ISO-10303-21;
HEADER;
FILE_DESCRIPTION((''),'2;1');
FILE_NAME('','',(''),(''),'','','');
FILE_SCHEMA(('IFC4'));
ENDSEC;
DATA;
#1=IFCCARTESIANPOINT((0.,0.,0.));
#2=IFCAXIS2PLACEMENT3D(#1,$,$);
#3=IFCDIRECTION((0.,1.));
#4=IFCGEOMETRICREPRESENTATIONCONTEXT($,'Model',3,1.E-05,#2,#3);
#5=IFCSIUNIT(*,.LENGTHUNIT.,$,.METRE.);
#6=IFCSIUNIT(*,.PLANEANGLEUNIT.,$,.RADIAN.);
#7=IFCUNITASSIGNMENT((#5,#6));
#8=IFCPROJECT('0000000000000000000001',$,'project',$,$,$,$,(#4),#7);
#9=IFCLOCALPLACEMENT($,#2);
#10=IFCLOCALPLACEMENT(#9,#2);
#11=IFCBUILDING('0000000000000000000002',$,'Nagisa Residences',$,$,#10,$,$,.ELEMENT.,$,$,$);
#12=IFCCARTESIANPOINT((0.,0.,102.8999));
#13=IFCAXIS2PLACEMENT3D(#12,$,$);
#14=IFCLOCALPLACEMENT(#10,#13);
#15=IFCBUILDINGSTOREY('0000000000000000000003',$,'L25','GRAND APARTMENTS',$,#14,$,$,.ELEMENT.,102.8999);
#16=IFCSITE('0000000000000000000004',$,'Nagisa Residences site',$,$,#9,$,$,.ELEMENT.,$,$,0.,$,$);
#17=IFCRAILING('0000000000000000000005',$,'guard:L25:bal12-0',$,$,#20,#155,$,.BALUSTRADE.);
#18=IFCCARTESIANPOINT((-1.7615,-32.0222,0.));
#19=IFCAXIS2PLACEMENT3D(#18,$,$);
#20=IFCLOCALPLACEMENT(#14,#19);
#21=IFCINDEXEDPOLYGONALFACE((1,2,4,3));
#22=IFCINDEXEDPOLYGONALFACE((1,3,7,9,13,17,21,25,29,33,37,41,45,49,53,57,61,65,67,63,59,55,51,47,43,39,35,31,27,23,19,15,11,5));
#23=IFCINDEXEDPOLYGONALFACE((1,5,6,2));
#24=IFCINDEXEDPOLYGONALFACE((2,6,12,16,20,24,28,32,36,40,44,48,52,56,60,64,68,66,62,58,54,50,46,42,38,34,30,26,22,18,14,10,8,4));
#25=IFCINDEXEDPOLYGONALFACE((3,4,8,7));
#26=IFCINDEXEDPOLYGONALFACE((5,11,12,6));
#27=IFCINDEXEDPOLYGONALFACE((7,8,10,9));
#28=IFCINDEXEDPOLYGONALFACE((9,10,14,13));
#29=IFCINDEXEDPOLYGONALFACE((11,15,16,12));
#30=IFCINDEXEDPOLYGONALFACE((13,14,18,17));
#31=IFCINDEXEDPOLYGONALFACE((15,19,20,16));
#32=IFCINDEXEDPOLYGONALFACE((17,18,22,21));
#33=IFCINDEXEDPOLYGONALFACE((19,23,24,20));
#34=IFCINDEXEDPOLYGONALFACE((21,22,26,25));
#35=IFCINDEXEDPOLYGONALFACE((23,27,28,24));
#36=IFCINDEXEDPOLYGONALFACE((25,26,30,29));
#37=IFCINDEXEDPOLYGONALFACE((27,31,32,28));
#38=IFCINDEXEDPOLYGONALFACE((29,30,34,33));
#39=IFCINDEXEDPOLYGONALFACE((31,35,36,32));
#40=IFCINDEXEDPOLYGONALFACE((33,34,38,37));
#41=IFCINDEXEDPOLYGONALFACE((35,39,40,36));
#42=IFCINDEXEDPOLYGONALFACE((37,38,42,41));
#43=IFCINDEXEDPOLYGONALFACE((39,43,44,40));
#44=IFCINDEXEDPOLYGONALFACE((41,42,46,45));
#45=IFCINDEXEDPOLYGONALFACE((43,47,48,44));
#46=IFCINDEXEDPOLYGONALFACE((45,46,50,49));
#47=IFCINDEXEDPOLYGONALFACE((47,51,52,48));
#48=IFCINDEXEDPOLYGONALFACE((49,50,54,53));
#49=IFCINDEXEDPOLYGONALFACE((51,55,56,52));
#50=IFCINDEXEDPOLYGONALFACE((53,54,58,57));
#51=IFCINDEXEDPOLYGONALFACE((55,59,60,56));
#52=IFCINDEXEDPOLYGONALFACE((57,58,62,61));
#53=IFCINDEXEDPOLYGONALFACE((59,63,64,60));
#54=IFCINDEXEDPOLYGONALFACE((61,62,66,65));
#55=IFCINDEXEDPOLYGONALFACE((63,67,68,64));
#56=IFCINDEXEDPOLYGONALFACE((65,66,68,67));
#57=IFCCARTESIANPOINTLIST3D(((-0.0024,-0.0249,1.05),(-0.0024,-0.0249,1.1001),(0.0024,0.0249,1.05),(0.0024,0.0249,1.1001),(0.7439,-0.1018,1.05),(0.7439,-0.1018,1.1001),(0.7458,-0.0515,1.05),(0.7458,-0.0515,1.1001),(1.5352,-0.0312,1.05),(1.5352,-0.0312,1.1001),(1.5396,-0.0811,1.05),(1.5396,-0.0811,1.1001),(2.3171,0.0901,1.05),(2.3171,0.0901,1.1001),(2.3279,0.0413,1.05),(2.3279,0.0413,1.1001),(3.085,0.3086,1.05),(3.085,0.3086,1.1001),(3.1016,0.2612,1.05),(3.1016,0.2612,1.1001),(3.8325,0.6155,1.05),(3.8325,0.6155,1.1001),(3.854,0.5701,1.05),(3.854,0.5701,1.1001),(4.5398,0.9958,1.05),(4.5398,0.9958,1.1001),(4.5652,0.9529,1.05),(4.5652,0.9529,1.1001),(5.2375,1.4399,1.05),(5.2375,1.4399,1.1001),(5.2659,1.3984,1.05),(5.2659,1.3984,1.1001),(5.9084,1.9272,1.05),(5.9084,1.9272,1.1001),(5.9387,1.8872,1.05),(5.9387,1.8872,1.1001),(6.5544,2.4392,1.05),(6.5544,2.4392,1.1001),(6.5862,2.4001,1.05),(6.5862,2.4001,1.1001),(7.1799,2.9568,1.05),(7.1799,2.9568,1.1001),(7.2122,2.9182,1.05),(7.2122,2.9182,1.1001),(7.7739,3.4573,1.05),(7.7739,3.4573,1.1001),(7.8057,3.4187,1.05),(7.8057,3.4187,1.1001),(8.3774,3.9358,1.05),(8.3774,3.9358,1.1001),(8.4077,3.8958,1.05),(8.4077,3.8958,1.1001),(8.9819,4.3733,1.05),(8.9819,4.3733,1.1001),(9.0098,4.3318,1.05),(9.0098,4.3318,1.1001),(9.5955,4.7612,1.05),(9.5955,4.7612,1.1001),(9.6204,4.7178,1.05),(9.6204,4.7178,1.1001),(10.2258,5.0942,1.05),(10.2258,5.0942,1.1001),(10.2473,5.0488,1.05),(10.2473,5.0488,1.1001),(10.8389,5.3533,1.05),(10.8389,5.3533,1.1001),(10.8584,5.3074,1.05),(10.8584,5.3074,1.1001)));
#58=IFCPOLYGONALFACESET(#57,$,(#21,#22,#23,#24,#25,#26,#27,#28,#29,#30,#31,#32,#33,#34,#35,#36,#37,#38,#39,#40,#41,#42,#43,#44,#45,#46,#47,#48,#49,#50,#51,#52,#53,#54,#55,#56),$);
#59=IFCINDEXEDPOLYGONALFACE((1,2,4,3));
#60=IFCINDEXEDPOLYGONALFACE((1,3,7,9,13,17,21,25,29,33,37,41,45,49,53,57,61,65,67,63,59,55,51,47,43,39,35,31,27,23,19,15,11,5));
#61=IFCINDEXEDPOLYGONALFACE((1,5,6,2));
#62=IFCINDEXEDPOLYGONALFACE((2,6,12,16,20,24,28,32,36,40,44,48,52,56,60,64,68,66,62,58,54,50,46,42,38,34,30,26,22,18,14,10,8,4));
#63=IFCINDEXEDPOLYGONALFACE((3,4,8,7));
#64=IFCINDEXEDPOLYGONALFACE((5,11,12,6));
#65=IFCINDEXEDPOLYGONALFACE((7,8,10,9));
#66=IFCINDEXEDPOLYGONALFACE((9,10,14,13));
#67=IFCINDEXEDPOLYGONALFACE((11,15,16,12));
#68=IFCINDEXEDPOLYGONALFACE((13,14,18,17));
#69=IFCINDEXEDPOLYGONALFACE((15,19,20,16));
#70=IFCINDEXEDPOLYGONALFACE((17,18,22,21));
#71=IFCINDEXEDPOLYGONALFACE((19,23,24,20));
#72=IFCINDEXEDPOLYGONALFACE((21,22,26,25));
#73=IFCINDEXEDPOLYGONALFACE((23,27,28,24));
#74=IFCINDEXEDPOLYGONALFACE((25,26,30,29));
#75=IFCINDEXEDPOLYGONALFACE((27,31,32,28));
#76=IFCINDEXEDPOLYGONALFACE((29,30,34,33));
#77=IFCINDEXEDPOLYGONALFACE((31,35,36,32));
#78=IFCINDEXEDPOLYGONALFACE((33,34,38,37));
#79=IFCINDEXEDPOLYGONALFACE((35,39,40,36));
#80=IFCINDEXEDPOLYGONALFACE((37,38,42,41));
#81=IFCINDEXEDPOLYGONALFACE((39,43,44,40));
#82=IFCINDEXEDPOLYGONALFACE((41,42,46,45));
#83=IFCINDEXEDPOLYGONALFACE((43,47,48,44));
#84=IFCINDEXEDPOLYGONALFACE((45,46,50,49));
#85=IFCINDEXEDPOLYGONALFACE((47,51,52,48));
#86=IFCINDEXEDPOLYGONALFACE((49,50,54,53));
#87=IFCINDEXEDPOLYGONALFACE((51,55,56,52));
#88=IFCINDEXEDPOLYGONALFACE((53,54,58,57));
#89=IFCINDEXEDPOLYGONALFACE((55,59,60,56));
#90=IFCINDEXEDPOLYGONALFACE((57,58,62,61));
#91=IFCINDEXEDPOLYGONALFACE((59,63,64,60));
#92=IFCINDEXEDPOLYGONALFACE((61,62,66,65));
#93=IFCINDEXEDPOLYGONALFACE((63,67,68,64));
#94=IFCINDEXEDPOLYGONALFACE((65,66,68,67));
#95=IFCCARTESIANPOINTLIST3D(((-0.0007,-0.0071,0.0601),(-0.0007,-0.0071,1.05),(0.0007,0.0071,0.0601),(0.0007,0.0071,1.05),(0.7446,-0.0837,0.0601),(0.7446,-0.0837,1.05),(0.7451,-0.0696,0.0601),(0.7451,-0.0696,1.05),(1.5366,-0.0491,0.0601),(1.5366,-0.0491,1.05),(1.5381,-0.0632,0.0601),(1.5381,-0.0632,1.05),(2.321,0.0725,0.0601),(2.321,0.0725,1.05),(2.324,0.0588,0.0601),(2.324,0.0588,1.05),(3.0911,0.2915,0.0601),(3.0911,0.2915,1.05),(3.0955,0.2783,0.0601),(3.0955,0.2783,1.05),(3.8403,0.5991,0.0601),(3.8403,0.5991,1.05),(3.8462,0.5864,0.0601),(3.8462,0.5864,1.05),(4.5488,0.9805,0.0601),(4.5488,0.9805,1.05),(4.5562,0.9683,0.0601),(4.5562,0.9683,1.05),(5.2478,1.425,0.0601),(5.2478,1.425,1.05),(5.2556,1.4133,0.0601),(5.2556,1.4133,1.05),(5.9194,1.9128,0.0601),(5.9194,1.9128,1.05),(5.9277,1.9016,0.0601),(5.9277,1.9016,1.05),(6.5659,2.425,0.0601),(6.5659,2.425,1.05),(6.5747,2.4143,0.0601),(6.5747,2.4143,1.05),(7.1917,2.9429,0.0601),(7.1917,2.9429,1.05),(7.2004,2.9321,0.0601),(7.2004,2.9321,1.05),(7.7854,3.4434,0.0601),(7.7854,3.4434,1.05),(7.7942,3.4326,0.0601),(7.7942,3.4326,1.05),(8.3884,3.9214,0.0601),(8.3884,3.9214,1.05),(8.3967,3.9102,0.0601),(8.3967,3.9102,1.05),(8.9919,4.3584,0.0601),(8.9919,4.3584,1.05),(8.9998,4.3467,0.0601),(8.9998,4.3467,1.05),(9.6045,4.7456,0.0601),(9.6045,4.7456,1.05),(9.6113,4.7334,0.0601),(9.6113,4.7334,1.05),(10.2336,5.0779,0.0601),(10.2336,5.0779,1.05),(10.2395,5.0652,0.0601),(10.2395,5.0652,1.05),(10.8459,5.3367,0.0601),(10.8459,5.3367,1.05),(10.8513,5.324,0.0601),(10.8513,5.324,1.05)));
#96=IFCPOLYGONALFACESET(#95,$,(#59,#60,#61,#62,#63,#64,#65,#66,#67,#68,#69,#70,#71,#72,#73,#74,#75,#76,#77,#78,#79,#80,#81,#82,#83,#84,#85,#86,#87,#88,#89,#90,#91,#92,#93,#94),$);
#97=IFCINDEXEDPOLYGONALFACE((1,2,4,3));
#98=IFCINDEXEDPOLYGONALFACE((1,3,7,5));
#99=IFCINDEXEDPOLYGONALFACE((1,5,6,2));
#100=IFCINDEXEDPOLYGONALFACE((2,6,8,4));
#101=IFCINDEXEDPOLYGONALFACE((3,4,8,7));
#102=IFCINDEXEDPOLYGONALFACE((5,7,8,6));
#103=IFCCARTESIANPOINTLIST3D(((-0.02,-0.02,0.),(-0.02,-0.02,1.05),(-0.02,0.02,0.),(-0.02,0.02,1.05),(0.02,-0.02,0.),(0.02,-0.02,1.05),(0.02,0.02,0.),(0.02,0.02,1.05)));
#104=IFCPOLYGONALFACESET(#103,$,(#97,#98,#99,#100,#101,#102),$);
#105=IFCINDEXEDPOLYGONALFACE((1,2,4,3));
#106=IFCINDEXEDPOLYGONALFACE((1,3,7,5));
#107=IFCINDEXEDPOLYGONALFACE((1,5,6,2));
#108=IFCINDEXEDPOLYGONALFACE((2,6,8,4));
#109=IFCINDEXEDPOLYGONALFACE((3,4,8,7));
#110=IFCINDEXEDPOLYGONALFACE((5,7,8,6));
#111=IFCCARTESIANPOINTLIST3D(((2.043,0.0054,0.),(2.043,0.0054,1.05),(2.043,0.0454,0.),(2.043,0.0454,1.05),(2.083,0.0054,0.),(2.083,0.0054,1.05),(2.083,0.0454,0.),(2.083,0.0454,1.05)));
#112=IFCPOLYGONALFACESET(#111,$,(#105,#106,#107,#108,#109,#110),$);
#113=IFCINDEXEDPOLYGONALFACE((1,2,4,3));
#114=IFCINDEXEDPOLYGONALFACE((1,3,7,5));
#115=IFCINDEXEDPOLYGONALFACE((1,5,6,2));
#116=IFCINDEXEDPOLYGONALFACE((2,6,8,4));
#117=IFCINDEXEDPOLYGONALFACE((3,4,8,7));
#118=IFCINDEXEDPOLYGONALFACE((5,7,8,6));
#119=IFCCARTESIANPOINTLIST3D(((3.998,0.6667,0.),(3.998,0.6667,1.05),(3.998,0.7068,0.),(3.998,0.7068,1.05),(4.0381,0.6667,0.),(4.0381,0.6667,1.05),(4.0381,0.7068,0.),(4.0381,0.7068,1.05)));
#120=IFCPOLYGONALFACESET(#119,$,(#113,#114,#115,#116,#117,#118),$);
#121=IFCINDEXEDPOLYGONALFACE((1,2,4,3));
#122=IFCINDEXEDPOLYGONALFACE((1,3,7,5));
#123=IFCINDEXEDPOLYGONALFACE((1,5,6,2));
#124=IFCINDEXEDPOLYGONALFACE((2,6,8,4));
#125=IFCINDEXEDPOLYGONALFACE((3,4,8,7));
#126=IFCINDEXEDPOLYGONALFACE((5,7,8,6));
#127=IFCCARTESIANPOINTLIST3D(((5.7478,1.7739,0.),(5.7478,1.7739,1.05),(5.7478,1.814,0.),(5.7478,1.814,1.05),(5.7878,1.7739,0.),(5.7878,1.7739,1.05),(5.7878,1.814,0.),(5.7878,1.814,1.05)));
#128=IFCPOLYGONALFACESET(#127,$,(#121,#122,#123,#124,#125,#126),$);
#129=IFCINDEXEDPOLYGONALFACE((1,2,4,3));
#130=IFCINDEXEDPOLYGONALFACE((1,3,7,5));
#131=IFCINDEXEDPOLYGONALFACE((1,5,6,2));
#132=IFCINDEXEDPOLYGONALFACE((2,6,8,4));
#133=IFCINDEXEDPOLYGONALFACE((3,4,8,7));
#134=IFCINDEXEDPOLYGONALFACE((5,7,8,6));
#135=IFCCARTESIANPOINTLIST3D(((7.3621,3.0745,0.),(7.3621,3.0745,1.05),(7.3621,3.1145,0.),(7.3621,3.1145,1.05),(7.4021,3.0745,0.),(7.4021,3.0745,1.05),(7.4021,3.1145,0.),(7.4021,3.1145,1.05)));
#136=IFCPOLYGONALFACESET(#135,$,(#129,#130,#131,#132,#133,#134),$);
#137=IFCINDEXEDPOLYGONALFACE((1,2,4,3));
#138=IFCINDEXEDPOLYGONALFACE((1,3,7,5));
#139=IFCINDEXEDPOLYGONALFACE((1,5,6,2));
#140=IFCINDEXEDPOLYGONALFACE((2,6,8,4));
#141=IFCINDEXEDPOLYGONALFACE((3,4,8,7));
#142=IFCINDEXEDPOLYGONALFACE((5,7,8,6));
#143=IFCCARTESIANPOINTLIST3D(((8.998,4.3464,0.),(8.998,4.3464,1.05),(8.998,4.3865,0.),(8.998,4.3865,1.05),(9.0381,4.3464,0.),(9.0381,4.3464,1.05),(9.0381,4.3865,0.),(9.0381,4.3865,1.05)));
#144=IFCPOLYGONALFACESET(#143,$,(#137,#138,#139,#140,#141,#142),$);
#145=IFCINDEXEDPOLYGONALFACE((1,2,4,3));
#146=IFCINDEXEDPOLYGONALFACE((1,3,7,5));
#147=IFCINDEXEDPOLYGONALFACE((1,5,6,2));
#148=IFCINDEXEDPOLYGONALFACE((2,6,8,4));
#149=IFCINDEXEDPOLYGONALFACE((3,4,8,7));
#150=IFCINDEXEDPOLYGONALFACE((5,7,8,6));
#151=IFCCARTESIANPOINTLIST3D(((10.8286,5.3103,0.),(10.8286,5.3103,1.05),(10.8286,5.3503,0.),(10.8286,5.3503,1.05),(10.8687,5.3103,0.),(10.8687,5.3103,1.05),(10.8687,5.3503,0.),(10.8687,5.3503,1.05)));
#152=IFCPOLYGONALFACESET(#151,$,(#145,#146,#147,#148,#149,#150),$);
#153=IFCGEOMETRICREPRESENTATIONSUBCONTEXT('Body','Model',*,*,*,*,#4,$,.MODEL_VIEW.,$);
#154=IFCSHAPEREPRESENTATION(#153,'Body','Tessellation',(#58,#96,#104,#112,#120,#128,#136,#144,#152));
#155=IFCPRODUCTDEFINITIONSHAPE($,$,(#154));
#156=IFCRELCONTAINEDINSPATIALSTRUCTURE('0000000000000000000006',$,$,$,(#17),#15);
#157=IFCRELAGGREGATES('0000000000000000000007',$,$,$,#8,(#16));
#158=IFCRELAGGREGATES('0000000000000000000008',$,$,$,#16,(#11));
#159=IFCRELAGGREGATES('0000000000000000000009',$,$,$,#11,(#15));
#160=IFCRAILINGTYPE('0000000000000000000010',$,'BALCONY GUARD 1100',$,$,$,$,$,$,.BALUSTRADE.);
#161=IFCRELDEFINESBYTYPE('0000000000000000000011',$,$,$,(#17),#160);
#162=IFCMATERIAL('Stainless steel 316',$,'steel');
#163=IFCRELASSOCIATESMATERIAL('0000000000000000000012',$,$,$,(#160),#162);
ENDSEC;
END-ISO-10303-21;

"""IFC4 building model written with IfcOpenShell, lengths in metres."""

from ifc_helpers import new_model, si_unit, direction, frame, origin, origin_2d, place, context, subcontext, project, spatial, polyline, rectangle, outline, extrude, material, type_object, element, save


model = new_model("IFC4")

# Units and contexts
model_context = context("Model", 3, precision=1e-05, world=origin(), true_north=direction((0.0, 1.0)))
body_context = subcontext(model_context, "Body", "Model", "MODEL_VIEW")
ifc_project = project(units=[si_unit("LENGTHUNIT", "METRE"), si_unit("PLANEANGLEUNIT", "RADIAN")], contexts=[model_context])

# Site, building, storey
site_placement = place(None, origin())
site = spatial("IfcSite", under=ifc_project, at=site_placement, Name="Nagisa Residences site", CompositionType="ELEMENT", RefElevation=0.0)
building_placement = place(site_placement, origin())
building = spatial("IfcBuilding", under=site, at=building_placement, Name="Nagisa Residences", CompositionType="ELEMENT")
storey_placement = place(building_placement, frame((0.0, 0.0, 102.8999)))
storey = spatial("IfcBuildingStorey", under=building, at=storey_placement, Name="L25", Description="GRAND APARTMENTS", CompositionType="ELEMENT", Elevation=102.8999)

# Railing
ifc_material_1 = material(Name="Stainless steel 316", Category="steel")
railing_type = type_object("IfcRailingType", Name="BALCONY GUARD 1100", PredefinedType="BALUSTRADE", material=ifc_material_1)
railing_placement = place(storey_placement, frame((-1.7615, -32.0222, 0.0)))
element("IfcRailing", 1, at=railing_placement, inside=storey, type_object=railing_type, Name="guard:L25:bal12-0", PredefinedType="BALUSTRADE", context=body_context, shape_type="SweptSolid", body=[
    extrude(outline(polyline([(0.7458, -0.0515), (0.0024, 0.0249), (-0.0024, -0.0249), (0.7439, -0.1018), (1.5396, -0.0811), (2.3279, 0.0413), (3.1016, 0.2612), (3.854, 0.5701), (4.5652, 0.9529), (5.2659, 1.3984), (5.9387, 1.8872), (6.5862, 2.4001), (7.2122, 2.9182), (7.8057, 3.4187), (8.4077, 3.8958), (9.0098, 4.3318), (9.6204, 4.7178), (10.2473, 5.0488), (10.8584, 5.3074), (10.8389, 5.3533), (10.2258, 5.0942), (9.5955, 4.7612), (8.9819, 4.3733), (8.3774, 3.9358), (7.7739, 3.4573), (7.1799, 2.9568), (6.5544, 2.4392), (5.9084, 1.9272), (5.2375, 1.4399), (4.5398, 0.9958), (3.8325, 0.6155), (3.085, 0.3086), (2.3171, 0.0901), (1.5352, -0.0312), (0.7458, -0.0515)])), frame((0.0, 0.0, 1.05)), (0.0, 0.0, 1.0), 0.05),
    extrude(outline(polyline([(0.7451, -0.0696), (0.0007, 0.0071), (-0.0007, -0.0071), (0.7446, -0.0837), (1.5381, -0.0632), (2.324, 0.0588), (3.0955, 0.2783), (3.8462, 0.5864), (4.5562, 0.9683), (5.2556, 1.4133), (5.9277, 1.9016), (6.5747, 2.4143), (7.2004, 2.9321), (7.7942, 3.4326), (8.3967, 3.9102), (8.9998, 4.3467), (9.6113, 4.7334), (10.2395, 5.0652), (10.8513, 5.324), (10.8459, 5.3367), (10.2336, 5.0779), (9.6045, 4.7456), (8.9919, 4.3584), (8.3884, 3.9214), (7.7854, 3.4434), (7.1917, 2.9429), (6.5659, 2.425), (5.9194, 1.9128), (5.2478, 1.425), (4.5488, 0.9805), (3.8403, 0.5991), (3.0911, 0.2915), (2.321, 0.0725), (1.5366, -0.0491), (0.7451, -0.0696)])), frame((0.0, 0.0, 0.0601)), (0.0, 0.0, 1.0), 0.99),
    extrude(rectangle(XDim=0.04, YDim=0.04, at=origin_2d()), origin(), (0.0, 0.0, 1.0), 1.05),
    extrude(rectangle(XDim=0.04, YDim=0.04, at=origin_2d()), frame((2.063, 0.0254, 0.0)), (0.0, 0.0, 1.0), 1.05),
    extrude(rectangle(XDim=0.04, YDim=0.04, at=origin_2d()), frame((4.0181, 0.6868, 0.0)), (0.0, 0.0, 1.0), 1.05),
    extrude(rectangle(XDim=0.04, YDim=0.04, at=origin_2d()), frame((5.7678, 1.7939, 0.0)), (0.0, 0.0, 1.0), 1.05),
    extrude(rectangle(XDim=0.04, YDim=0.04, at=origin_2d()), frame((7.3821, 3.0945, 0.0)), (0.0, 0.0, 1.0), 1.05),
    extrude(rectangle(XDim=0.04, YDim=0.04, at=origin_2d()), frame((9.0181, 4.3665, 0.0)), (0.0, 0.0, 1.0), 1.05),
    extrude(rectangle(XDim=0.04, YDim=0.04, at=origin_2d()), frame((10.8486, 5.3303, 0.0)), (0.0, 0.0, 1.0), 1.05),
])

save(model, "model.ifc")
